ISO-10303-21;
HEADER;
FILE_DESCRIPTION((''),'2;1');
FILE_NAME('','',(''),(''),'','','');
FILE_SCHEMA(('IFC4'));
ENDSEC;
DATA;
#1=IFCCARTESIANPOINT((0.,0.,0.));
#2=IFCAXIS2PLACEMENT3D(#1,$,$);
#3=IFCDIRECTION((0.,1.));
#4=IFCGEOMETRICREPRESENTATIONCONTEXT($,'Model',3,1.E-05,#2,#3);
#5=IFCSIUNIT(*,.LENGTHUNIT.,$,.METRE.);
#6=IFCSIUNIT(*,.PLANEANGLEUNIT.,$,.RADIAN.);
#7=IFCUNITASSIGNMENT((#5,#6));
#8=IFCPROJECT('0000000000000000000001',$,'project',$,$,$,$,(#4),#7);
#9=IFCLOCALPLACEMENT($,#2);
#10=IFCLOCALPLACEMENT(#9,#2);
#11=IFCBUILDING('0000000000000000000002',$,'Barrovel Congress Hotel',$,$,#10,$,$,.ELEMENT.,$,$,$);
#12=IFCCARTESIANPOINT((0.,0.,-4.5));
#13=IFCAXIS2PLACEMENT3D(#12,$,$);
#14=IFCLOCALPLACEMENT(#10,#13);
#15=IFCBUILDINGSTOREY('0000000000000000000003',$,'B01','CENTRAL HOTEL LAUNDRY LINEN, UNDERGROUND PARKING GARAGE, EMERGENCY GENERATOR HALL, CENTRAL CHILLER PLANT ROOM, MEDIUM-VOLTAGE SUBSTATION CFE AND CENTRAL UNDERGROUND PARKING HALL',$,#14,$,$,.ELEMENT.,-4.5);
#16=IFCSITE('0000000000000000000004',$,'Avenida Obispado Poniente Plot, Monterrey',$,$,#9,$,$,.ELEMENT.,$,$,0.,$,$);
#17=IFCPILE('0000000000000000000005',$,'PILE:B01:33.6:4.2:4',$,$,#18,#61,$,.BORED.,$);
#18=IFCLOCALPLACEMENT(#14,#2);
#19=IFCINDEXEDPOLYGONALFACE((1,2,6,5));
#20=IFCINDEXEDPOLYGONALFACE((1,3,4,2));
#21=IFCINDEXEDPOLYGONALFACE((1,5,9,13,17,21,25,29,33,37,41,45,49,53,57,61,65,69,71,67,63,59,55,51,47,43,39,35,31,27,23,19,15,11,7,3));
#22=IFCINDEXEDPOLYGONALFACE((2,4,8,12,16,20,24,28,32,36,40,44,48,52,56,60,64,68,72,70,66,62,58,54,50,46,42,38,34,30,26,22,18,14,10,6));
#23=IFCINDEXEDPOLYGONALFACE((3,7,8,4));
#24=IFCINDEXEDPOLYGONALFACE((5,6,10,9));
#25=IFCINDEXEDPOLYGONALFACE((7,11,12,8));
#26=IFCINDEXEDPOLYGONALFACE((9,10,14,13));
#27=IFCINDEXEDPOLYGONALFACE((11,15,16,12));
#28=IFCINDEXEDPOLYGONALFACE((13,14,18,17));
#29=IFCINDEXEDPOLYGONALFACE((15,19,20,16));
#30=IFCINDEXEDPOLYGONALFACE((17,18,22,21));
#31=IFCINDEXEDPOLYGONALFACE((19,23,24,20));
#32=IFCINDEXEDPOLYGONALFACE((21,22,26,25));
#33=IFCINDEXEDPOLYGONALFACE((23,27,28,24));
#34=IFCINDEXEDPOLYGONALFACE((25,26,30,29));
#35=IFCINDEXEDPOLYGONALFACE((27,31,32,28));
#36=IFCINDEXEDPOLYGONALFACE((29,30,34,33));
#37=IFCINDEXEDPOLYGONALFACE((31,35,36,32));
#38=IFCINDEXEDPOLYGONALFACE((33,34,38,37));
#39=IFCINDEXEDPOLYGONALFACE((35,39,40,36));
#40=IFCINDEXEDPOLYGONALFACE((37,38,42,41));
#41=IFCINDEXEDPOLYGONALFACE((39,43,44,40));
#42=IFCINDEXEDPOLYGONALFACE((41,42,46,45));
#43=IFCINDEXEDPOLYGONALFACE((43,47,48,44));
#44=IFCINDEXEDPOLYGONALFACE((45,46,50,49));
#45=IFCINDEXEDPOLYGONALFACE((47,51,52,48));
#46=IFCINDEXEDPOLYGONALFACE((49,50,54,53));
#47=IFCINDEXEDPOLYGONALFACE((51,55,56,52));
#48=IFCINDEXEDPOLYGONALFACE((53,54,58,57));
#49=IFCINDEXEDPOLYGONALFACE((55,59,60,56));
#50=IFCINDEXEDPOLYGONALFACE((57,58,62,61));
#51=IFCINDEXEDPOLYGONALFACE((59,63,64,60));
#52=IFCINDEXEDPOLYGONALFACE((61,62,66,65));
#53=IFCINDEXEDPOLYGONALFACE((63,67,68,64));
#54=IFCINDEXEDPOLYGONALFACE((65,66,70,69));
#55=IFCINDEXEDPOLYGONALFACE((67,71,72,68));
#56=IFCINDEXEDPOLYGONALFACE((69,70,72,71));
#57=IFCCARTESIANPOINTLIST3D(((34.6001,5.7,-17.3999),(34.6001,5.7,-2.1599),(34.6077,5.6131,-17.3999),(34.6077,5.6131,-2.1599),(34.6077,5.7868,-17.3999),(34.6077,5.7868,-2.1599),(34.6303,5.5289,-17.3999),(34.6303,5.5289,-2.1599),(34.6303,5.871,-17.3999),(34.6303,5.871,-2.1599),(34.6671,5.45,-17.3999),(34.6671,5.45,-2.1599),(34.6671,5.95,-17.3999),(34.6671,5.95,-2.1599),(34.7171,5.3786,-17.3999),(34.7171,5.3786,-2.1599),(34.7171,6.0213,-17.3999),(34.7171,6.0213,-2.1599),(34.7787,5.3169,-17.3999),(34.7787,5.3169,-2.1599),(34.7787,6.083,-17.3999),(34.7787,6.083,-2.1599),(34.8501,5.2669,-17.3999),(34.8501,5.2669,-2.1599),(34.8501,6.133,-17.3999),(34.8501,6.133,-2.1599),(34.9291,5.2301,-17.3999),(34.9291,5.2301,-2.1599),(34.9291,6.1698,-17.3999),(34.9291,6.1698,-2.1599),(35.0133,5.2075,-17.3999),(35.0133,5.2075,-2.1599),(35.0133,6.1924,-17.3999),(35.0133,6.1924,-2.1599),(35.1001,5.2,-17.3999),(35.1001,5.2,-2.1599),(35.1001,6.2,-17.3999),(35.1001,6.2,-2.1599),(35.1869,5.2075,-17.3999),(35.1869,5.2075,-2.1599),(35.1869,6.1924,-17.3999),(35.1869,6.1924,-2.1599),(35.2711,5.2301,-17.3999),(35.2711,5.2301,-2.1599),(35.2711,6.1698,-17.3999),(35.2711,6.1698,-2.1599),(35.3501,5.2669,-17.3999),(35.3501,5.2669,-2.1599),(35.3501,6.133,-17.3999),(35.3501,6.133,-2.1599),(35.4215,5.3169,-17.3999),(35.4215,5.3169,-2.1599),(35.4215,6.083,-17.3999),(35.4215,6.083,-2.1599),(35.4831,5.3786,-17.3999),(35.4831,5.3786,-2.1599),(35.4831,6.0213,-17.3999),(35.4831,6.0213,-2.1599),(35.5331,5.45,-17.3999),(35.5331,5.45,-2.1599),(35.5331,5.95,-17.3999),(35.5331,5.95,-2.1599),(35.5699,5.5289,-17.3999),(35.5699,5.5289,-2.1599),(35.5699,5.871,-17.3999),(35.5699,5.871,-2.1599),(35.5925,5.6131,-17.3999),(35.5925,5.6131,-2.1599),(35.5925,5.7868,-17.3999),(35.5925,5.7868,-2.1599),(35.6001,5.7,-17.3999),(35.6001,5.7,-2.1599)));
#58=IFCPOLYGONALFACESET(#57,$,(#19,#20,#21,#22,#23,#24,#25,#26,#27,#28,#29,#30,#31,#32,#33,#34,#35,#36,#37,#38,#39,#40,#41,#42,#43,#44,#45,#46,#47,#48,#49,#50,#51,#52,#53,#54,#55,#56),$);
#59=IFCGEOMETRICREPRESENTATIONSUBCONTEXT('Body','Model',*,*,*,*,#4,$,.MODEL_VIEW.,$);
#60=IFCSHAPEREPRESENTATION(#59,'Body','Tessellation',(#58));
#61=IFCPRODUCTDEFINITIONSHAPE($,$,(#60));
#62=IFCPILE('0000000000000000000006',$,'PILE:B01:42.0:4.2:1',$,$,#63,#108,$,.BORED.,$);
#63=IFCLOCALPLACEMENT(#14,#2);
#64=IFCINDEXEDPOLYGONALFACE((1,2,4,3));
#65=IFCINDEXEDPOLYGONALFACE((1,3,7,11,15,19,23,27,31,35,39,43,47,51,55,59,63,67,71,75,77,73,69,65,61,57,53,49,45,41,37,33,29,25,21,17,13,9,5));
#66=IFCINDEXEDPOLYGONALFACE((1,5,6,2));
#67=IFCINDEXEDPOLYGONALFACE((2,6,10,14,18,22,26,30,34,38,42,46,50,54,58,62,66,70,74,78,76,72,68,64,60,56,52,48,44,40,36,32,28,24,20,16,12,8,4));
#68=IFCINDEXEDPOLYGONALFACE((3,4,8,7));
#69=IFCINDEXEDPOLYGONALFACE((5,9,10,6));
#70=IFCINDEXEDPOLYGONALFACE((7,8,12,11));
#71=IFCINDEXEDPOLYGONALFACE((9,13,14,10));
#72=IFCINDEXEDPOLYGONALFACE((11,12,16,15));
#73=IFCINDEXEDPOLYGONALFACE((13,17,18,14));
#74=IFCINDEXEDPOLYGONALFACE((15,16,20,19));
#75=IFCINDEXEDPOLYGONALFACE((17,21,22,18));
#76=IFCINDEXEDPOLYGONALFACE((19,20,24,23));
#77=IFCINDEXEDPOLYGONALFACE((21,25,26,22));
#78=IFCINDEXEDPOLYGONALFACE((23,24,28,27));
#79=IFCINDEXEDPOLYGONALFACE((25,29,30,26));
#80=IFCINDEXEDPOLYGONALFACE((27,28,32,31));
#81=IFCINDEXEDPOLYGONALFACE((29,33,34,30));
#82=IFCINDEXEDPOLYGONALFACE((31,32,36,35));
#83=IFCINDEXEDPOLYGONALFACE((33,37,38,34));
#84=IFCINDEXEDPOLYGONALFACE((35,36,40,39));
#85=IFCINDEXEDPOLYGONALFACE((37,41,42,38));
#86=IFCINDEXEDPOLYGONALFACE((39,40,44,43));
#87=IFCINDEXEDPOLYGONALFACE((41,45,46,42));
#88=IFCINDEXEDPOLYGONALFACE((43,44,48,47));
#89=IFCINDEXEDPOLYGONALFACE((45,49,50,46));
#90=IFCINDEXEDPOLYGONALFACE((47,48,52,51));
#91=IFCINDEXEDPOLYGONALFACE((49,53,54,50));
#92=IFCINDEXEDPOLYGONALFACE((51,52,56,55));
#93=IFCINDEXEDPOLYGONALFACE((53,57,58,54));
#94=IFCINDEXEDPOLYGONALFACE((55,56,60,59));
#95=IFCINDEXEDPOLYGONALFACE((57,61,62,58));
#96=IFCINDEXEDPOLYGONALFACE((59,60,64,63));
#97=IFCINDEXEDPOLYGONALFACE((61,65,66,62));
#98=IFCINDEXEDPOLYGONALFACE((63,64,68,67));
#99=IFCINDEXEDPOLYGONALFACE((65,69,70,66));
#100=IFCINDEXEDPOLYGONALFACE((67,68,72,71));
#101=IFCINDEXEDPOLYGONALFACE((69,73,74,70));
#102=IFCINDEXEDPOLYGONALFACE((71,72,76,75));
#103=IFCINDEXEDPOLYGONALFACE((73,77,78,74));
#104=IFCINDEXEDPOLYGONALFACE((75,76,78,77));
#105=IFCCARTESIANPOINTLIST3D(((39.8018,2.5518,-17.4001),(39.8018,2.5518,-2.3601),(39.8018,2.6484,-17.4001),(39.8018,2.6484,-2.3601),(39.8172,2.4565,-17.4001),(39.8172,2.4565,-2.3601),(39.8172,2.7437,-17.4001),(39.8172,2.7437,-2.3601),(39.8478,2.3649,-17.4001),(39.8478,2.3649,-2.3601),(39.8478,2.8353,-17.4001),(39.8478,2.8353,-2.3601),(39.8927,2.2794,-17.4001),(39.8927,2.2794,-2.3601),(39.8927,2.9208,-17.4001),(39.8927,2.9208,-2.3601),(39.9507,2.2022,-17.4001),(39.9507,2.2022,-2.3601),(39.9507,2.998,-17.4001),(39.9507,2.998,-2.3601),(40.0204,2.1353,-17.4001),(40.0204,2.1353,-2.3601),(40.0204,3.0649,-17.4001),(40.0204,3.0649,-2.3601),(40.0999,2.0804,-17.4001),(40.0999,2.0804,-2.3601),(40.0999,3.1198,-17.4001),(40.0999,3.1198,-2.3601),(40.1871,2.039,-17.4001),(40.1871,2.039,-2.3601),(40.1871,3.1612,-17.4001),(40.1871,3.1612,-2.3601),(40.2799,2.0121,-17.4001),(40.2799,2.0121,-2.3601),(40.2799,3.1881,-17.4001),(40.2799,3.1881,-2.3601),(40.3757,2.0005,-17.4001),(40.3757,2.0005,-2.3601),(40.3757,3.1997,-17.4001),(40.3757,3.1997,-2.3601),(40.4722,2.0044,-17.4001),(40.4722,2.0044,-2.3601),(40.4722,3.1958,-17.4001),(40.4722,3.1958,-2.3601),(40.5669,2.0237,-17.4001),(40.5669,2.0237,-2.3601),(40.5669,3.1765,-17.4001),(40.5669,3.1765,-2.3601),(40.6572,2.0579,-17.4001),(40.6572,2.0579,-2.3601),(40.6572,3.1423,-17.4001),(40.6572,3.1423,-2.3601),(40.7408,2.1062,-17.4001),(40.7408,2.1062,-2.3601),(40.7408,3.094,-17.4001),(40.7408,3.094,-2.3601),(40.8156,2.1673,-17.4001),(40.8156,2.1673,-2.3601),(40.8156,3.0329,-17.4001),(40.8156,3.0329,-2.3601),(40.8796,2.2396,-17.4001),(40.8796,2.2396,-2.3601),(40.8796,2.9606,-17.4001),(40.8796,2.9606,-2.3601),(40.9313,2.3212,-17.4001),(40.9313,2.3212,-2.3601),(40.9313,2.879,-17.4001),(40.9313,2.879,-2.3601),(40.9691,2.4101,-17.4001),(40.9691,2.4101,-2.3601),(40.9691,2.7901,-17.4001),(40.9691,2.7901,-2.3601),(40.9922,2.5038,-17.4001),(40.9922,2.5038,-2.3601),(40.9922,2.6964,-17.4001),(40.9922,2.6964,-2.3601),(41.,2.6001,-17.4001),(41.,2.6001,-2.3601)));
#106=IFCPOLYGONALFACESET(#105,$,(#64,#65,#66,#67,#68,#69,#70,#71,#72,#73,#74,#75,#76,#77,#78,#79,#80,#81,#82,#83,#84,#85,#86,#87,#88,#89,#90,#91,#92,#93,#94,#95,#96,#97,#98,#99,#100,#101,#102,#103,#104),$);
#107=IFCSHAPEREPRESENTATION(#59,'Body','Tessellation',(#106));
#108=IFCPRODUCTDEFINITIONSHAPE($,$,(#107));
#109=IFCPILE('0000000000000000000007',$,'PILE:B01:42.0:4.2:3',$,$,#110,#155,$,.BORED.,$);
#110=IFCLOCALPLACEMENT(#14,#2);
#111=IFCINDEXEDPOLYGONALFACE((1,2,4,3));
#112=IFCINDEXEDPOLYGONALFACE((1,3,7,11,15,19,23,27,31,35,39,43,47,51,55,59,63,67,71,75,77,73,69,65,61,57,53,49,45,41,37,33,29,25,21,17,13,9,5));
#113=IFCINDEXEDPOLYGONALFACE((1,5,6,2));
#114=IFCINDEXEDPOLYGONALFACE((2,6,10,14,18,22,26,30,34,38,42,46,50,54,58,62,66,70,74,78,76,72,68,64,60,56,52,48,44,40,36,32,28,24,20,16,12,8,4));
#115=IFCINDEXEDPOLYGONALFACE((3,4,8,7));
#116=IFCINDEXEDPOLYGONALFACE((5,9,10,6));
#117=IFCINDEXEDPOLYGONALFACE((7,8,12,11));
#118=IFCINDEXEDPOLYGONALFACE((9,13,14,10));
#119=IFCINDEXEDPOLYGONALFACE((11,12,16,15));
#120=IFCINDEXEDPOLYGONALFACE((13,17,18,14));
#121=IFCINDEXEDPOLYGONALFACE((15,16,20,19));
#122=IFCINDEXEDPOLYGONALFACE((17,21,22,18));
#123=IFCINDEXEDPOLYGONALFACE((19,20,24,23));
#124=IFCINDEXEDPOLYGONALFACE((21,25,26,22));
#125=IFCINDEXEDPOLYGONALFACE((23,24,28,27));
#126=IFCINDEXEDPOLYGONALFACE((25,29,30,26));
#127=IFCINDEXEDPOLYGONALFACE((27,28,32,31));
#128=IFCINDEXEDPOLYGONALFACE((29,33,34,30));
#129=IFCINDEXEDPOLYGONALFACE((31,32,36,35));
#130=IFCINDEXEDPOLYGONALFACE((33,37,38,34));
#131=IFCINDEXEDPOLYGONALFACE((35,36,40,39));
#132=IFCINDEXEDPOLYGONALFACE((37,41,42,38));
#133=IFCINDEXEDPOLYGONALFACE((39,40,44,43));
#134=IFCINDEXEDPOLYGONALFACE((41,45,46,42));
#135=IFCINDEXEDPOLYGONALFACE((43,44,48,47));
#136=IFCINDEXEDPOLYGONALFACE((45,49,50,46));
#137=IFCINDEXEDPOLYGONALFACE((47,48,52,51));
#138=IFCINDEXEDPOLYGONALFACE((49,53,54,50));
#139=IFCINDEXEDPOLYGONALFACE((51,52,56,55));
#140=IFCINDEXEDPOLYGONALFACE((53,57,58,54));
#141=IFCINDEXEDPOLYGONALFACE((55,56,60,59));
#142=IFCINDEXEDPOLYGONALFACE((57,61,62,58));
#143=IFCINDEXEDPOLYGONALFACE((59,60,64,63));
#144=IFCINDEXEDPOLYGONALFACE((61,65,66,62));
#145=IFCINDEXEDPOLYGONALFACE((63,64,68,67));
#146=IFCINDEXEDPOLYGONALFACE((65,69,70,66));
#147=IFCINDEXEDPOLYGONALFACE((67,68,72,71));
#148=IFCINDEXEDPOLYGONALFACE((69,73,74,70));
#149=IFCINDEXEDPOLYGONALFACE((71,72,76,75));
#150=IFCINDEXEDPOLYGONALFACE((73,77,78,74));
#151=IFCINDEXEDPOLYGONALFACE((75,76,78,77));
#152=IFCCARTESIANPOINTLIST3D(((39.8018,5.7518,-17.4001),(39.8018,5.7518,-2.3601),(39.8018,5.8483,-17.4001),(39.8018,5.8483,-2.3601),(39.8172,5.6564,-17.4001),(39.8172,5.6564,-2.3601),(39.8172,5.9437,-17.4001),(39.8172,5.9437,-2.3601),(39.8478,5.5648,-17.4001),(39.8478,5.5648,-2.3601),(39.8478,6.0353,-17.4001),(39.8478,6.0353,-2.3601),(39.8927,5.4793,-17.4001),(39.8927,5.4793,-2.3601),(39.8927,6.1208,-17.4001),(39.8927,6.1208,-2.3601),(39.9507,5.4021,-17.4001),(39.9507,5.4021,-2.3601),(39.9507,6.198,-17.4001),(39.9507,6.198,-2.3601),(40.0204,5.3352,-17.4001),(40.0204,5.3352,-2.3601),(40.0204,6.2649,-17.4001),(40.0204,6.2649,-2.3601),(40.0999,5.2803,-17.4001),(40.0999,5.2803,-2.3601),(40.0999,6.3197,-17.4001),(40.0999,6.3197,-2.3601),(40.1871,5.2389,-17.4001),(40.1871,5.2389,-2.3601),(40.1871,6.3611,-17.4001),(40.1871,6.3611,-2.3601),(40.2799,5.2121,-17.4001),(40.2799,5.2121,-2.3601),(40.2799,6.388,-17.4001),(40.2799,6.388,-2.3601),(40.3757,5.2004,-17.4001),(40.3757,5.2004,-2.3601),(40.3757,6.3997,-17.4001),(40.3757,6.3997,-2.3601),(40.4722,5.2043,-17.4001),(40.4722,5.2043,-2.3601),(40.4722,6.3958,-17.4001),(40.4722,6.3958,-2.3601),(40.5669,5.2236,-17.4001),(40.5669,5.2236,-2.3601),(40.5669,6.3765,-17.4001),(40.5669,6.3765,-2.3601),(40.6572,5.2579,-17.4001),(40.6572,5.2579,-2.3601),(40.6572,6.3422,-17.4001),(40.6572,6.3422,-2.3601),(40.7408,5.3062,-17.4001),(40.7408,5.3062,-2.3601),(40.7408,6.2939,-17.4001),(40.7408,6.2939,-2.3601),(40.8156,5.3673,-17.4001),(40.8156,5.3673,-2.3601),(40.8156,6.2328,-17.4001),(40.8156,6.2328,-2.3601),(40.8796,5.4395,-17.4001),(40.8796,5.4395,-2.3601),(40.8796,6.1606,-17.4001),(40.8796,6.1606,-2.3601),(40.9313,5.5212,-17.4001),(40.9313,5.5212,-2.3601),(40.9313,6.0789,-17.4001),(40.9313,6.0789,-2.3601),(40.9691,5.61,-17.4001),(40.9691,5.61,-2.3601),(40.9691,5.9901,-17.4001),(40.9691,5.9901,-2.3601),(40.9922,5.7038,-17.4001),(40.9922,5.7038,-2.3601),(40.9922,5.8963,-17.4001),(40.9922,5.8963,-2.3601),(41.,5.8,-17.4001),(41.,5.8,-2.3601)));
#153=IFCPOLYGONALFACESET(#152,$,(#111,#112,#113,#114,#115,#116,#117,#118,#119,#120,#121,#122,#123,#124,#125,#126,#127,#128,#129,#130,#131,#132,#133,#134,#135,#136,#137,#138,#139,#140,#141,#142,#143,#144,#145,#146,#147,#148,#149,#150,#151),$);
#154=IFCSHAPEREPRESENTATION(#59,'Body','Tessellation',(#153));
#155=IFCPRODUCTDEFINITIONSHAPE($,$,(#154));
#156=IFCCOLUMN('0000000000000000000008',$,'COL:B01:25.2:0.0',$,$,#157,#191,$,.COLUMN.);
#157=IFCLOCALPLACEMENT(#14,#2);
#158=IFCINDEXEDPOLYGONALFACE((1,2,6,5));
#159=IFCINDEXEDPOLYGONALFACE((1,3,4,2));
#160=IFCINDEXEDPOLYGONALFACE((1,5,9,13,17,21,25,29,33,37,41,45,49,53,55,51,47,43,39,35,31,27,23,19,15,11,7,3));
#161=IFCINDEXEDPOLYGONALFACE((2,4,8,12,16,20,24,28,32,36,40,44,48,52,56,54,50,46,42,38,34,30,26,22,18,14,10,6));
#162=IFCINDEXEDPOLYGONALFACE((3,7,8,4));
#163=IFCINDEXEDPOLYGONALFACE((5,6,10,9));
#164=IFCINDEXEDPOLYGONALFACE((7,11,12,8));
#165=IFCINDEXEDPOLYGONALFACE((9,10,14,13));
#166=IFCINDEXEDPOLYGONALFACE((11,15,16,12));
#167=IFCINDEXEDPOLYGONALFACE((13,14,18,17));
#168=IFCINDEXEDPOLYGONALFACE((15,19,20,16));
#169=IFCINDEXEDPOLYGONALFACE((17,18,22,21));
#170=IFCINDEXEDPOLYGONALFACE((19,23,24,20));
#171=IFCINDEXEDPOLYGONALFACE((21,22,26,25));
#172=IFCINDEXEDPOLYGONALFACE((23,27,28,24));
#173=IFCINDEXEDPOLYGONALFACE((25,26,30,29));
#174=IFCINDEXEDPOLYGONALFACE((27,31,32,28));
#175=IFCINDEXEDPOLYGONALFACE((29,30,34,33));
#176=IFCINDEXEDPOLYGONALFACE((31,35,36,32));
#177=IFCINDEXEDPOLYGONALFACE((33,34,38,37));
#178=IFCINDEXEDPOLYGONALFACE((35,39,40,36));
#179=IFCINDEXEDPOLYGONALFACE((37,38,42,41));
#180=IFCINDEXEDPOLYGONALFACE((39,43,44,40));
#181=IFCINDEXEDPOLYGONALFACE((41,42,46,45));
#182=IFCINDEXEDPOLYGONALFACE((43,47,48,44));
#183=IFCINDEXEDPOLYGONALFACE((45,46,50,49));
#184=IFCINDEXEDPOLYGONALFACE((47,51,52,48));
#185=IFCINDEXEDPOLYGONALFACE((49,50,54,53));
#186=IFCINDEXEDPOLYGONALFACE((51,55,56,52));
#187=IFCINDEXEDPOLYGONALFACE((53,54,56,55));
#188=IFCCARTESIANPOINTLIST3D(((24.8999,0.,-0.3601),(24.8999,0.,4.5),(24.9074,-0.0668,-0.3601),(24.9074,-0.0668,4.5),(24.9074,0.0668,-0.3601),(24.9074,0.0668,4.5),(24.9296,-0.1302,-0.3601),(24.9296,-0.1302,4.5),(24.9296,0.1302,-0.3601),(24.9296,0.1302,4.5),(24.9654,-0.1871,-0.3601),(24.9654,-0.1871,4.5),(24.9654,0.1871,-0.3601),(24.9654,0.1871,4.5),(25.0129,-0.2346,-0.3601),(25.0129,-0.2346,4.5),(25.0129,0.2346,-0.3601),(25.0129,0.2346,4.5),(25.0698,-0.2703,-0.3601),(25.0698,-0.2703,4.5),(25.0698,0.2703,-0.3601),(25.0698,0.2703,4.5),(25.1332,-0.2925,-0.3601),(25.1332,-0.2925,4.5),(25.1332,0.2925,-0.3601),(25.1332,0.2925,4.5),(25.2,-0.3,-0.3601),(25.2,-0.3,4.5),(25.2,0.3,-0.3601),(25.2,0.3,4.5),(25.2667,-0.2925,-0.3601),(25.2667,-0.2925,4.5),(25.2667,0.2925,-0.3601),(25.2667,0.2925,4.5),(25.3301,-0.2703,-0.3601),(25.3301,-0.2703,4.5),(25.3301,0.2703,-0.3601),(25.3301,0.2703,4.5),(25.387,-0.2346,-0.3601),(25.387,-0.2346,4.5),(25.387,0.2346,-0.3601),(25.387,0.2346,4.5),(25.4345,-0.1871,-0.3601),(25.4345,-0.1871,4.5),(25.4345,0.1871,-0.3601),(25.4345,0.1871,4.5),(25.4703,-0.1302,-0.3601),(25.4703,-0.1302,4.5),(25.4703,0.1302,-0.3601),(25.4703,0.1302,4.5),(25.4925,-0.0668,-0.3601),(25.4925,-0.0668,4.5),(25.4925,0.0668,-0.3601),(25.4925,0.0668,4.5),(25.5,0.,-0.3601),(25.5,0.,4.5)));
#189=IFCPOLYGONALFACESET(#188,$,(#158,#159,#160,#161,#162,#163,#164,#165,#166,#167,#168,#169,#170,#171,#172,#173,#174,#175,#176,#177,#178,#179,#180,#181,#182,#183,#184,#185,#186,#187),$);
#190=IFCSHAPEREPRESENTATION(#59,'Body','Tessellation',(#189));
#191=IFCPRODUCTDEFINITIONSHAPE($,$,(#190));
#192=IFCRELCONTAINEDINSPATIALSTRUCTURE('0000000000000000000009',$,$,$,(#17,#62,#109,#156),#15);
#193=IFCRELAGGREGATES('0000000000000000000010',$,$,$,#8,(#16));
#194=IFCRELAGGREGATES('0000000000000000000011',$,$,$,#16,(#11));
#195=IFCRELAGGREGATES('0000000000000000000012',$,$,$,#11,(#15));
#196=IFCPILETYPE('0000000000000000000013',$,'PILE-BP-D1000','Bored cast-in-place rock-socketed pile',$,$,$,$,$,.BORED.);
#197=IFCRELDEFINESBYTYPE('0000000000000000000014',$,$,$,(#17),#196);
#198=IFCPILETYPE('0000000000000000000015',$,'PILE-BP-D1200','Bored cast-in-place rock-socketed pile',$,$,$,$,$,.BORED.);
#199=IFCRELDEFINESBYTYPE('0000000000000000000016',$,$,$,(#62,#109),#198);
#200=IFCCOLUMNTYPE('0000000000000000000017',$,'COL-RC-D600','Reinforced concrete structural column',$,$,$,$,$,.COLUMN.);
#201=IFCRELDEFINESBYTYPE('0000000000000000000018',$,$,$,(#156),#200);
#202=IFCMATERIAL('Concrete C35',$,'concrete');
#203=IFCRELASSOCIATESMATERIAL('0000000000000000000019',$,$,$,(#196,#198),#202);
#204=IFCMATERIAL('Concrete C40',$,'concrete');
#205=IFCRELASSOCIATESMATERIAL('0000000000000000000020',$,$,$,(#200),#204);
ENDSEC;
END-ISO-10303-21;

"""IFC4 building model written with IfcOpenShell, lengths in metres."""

from ifc_helpers import new_model, si_unit, direction, frame, origin, origin_2d, place, context, subcontext, project, spatial, circle, extrude, material, material_profile, profile_set, type_object, element, save


model = new_model("IFC4")

# Units and contexts
model_context = context("Model", 3, precision=1e-05, world=origin(), true_north=direction((0.0, 1.0)))
body_context = subcontext(model_context, "Body", "Model", "MODEL_VIEW")
ifc_project = project(units=[si_unit("LENGTHUNIT", "METRE"), si_unit("PLANEANGLEUNIT", "RADIAN")], contexts=[model_context])

# Site, building, storey
site_placement = place(None, origin())
site = spatial("IfcSite", under=ifc_project, at=site_placement, Name="Avenida Obispado Poniente Plot, Monterrey", CompositionType="ELEMENT", RefElevation=0.0)
building_placement = place(site_placement, origin())
building = spatial("IfcBuilding", under=site, at=building_placement, Name="Barrovel Congress Hotel", CompositionType="ELEMENT")
storey_placement = place(building_placement, frame((0.0, 0.0, -4.5)))
storey = spatial("IfcBuildingStorey", under=building, at=storey_placement, Name="B01", Description="CENTRAL HOTEL LAUNDRY LINEN, UNDERGROUND PARKING GARAGE, EMERGENCY GENERATOR HALL, CENTRAL CHILLER PLANT ROOM, MEDIUM-VOLTAGE SUBSTATION CFE AND CENTRAL UNDERGROUND PARKING HALL", CompositionType="ELEMENT", Elevation=-4.5)

# Shared definitions
ifc_material_1 = material(Name="Concrete C40", Category="concrete")

# Piles
ifc_material_2 = material(Name="Concrete C35", Category="concrete")
ifc_material_profile_1 = material_profile(ifc_material_2, circle(Radius=0.5, at=origin_2d()), Name="BP-D1000")
ifc_profile_set_1 = profile_set([ifc_material_profile_1], Name="Concrete C35")
pile_type_1 = type_object("IfcPileType", Name="PILE-BP-D1000", Description="Bored cast-in-place rock-socketed pile", PredefinedType="BORED", material=ifc_profile_set_1)
for number, where, z_axis, x_axis, name in (
    (1, (35.1001, 5.7, -2.1599), (0.0, 0.0, -1.0), (1.0, 0.0, 0.0), "PILE:B01:33.6:4.2:4"),
):
    element("IfcPile", number, at=place(storey_placement, frame(where, z_axis=z_axis, x_axis=x_axis)), inside=storey, type_object=pile_type_1, Name=name, PredefinedType="BORED", context=body_context, shape_type="SweptSolid", body=[
        extrude(circle(Radius=0.5, at=origin_2d()), origin(), (0.0, 0.0, 1.0), 15.24),
    ])
ifc_material_profile_2 = material_profile(ifc_material_2, circle(Radius=0.6001, at=origin_2d()), Name="BP-D1200")
ifc_profile_set_2 = profile_set([ifc_material_profile_2], Name="Concrete C35")
pile_type_2 = type_object("IfcPileType", Name="PILE-BP-D1200", Description="Bored cast-in-place rock-socketed pile", PredefinedType="BORED", material=ifc_profile_set_2)
for number, where, z_axis, x_axis, name in (
    (2, (40.3999, 2.6001, -2.3601), (0.0, 0.0, -1.0), (1.0, 0.0, 0.0), "PILE:B01:42.0:4.2:1"),
    (3, (40.3999, 5.8, -2.3601), (0.0, 0.0, -1.0), (1.0, 0.0, 0.0), "PILE:B01:42.0:4.2:3"),
):
    element("IfcPile", number, at=place(storey_placement, frame(where, z_axis=z_axis, x_axis=x_axis)), inside=storey, type_object=pile_type_2, Name=name, PredefinedType="BORED", context=body_context, shape_type="SweptSolid", body=[
        extrude(circle(Radius=0.6001, at=origin_2d()), origin(), (0.0, 0.0, 1.0), 15.04),
    ])

# Column
ifc_material_profile_3 = material_profile(ifc_material_1, circle(Radius=0.3, at=origin_2d()), Name="RC-D600")
ifc_profile_set_3 = profile_set([ifc_material_profile_3], Name="Concrete C40")
column_type_1 = type_object("IfcColumnType", Name="COL-RC-D600", Description="Reinforced concrete structural column", PredefinedType="COLUMN", material=ifc_profile_set_3)
for number, where, z_axis, x_axis, name in (
    (4, (25.2, 0.0, -0.3601), (0.0, 0.0, 1.0), (1.0, 0.0, 0.0), "COL:B01:25.2:0.0"),
):
    element("IfcColumn", number, at=place(storey_placement, frame(where, z_axis=z_axis, x_axis=x_axis)), inside=storey, type_object=column_type_1, Name=name, PredefinedType="COLUMN", context=body_context, shape_type="SweptSolid", body=[
        extrude(circle(Radius=0.3, at=origin_2d()), origin(), (0.0, 0.0, 1.0), 4.8601),
    ])

save(model, "model.ifc")
